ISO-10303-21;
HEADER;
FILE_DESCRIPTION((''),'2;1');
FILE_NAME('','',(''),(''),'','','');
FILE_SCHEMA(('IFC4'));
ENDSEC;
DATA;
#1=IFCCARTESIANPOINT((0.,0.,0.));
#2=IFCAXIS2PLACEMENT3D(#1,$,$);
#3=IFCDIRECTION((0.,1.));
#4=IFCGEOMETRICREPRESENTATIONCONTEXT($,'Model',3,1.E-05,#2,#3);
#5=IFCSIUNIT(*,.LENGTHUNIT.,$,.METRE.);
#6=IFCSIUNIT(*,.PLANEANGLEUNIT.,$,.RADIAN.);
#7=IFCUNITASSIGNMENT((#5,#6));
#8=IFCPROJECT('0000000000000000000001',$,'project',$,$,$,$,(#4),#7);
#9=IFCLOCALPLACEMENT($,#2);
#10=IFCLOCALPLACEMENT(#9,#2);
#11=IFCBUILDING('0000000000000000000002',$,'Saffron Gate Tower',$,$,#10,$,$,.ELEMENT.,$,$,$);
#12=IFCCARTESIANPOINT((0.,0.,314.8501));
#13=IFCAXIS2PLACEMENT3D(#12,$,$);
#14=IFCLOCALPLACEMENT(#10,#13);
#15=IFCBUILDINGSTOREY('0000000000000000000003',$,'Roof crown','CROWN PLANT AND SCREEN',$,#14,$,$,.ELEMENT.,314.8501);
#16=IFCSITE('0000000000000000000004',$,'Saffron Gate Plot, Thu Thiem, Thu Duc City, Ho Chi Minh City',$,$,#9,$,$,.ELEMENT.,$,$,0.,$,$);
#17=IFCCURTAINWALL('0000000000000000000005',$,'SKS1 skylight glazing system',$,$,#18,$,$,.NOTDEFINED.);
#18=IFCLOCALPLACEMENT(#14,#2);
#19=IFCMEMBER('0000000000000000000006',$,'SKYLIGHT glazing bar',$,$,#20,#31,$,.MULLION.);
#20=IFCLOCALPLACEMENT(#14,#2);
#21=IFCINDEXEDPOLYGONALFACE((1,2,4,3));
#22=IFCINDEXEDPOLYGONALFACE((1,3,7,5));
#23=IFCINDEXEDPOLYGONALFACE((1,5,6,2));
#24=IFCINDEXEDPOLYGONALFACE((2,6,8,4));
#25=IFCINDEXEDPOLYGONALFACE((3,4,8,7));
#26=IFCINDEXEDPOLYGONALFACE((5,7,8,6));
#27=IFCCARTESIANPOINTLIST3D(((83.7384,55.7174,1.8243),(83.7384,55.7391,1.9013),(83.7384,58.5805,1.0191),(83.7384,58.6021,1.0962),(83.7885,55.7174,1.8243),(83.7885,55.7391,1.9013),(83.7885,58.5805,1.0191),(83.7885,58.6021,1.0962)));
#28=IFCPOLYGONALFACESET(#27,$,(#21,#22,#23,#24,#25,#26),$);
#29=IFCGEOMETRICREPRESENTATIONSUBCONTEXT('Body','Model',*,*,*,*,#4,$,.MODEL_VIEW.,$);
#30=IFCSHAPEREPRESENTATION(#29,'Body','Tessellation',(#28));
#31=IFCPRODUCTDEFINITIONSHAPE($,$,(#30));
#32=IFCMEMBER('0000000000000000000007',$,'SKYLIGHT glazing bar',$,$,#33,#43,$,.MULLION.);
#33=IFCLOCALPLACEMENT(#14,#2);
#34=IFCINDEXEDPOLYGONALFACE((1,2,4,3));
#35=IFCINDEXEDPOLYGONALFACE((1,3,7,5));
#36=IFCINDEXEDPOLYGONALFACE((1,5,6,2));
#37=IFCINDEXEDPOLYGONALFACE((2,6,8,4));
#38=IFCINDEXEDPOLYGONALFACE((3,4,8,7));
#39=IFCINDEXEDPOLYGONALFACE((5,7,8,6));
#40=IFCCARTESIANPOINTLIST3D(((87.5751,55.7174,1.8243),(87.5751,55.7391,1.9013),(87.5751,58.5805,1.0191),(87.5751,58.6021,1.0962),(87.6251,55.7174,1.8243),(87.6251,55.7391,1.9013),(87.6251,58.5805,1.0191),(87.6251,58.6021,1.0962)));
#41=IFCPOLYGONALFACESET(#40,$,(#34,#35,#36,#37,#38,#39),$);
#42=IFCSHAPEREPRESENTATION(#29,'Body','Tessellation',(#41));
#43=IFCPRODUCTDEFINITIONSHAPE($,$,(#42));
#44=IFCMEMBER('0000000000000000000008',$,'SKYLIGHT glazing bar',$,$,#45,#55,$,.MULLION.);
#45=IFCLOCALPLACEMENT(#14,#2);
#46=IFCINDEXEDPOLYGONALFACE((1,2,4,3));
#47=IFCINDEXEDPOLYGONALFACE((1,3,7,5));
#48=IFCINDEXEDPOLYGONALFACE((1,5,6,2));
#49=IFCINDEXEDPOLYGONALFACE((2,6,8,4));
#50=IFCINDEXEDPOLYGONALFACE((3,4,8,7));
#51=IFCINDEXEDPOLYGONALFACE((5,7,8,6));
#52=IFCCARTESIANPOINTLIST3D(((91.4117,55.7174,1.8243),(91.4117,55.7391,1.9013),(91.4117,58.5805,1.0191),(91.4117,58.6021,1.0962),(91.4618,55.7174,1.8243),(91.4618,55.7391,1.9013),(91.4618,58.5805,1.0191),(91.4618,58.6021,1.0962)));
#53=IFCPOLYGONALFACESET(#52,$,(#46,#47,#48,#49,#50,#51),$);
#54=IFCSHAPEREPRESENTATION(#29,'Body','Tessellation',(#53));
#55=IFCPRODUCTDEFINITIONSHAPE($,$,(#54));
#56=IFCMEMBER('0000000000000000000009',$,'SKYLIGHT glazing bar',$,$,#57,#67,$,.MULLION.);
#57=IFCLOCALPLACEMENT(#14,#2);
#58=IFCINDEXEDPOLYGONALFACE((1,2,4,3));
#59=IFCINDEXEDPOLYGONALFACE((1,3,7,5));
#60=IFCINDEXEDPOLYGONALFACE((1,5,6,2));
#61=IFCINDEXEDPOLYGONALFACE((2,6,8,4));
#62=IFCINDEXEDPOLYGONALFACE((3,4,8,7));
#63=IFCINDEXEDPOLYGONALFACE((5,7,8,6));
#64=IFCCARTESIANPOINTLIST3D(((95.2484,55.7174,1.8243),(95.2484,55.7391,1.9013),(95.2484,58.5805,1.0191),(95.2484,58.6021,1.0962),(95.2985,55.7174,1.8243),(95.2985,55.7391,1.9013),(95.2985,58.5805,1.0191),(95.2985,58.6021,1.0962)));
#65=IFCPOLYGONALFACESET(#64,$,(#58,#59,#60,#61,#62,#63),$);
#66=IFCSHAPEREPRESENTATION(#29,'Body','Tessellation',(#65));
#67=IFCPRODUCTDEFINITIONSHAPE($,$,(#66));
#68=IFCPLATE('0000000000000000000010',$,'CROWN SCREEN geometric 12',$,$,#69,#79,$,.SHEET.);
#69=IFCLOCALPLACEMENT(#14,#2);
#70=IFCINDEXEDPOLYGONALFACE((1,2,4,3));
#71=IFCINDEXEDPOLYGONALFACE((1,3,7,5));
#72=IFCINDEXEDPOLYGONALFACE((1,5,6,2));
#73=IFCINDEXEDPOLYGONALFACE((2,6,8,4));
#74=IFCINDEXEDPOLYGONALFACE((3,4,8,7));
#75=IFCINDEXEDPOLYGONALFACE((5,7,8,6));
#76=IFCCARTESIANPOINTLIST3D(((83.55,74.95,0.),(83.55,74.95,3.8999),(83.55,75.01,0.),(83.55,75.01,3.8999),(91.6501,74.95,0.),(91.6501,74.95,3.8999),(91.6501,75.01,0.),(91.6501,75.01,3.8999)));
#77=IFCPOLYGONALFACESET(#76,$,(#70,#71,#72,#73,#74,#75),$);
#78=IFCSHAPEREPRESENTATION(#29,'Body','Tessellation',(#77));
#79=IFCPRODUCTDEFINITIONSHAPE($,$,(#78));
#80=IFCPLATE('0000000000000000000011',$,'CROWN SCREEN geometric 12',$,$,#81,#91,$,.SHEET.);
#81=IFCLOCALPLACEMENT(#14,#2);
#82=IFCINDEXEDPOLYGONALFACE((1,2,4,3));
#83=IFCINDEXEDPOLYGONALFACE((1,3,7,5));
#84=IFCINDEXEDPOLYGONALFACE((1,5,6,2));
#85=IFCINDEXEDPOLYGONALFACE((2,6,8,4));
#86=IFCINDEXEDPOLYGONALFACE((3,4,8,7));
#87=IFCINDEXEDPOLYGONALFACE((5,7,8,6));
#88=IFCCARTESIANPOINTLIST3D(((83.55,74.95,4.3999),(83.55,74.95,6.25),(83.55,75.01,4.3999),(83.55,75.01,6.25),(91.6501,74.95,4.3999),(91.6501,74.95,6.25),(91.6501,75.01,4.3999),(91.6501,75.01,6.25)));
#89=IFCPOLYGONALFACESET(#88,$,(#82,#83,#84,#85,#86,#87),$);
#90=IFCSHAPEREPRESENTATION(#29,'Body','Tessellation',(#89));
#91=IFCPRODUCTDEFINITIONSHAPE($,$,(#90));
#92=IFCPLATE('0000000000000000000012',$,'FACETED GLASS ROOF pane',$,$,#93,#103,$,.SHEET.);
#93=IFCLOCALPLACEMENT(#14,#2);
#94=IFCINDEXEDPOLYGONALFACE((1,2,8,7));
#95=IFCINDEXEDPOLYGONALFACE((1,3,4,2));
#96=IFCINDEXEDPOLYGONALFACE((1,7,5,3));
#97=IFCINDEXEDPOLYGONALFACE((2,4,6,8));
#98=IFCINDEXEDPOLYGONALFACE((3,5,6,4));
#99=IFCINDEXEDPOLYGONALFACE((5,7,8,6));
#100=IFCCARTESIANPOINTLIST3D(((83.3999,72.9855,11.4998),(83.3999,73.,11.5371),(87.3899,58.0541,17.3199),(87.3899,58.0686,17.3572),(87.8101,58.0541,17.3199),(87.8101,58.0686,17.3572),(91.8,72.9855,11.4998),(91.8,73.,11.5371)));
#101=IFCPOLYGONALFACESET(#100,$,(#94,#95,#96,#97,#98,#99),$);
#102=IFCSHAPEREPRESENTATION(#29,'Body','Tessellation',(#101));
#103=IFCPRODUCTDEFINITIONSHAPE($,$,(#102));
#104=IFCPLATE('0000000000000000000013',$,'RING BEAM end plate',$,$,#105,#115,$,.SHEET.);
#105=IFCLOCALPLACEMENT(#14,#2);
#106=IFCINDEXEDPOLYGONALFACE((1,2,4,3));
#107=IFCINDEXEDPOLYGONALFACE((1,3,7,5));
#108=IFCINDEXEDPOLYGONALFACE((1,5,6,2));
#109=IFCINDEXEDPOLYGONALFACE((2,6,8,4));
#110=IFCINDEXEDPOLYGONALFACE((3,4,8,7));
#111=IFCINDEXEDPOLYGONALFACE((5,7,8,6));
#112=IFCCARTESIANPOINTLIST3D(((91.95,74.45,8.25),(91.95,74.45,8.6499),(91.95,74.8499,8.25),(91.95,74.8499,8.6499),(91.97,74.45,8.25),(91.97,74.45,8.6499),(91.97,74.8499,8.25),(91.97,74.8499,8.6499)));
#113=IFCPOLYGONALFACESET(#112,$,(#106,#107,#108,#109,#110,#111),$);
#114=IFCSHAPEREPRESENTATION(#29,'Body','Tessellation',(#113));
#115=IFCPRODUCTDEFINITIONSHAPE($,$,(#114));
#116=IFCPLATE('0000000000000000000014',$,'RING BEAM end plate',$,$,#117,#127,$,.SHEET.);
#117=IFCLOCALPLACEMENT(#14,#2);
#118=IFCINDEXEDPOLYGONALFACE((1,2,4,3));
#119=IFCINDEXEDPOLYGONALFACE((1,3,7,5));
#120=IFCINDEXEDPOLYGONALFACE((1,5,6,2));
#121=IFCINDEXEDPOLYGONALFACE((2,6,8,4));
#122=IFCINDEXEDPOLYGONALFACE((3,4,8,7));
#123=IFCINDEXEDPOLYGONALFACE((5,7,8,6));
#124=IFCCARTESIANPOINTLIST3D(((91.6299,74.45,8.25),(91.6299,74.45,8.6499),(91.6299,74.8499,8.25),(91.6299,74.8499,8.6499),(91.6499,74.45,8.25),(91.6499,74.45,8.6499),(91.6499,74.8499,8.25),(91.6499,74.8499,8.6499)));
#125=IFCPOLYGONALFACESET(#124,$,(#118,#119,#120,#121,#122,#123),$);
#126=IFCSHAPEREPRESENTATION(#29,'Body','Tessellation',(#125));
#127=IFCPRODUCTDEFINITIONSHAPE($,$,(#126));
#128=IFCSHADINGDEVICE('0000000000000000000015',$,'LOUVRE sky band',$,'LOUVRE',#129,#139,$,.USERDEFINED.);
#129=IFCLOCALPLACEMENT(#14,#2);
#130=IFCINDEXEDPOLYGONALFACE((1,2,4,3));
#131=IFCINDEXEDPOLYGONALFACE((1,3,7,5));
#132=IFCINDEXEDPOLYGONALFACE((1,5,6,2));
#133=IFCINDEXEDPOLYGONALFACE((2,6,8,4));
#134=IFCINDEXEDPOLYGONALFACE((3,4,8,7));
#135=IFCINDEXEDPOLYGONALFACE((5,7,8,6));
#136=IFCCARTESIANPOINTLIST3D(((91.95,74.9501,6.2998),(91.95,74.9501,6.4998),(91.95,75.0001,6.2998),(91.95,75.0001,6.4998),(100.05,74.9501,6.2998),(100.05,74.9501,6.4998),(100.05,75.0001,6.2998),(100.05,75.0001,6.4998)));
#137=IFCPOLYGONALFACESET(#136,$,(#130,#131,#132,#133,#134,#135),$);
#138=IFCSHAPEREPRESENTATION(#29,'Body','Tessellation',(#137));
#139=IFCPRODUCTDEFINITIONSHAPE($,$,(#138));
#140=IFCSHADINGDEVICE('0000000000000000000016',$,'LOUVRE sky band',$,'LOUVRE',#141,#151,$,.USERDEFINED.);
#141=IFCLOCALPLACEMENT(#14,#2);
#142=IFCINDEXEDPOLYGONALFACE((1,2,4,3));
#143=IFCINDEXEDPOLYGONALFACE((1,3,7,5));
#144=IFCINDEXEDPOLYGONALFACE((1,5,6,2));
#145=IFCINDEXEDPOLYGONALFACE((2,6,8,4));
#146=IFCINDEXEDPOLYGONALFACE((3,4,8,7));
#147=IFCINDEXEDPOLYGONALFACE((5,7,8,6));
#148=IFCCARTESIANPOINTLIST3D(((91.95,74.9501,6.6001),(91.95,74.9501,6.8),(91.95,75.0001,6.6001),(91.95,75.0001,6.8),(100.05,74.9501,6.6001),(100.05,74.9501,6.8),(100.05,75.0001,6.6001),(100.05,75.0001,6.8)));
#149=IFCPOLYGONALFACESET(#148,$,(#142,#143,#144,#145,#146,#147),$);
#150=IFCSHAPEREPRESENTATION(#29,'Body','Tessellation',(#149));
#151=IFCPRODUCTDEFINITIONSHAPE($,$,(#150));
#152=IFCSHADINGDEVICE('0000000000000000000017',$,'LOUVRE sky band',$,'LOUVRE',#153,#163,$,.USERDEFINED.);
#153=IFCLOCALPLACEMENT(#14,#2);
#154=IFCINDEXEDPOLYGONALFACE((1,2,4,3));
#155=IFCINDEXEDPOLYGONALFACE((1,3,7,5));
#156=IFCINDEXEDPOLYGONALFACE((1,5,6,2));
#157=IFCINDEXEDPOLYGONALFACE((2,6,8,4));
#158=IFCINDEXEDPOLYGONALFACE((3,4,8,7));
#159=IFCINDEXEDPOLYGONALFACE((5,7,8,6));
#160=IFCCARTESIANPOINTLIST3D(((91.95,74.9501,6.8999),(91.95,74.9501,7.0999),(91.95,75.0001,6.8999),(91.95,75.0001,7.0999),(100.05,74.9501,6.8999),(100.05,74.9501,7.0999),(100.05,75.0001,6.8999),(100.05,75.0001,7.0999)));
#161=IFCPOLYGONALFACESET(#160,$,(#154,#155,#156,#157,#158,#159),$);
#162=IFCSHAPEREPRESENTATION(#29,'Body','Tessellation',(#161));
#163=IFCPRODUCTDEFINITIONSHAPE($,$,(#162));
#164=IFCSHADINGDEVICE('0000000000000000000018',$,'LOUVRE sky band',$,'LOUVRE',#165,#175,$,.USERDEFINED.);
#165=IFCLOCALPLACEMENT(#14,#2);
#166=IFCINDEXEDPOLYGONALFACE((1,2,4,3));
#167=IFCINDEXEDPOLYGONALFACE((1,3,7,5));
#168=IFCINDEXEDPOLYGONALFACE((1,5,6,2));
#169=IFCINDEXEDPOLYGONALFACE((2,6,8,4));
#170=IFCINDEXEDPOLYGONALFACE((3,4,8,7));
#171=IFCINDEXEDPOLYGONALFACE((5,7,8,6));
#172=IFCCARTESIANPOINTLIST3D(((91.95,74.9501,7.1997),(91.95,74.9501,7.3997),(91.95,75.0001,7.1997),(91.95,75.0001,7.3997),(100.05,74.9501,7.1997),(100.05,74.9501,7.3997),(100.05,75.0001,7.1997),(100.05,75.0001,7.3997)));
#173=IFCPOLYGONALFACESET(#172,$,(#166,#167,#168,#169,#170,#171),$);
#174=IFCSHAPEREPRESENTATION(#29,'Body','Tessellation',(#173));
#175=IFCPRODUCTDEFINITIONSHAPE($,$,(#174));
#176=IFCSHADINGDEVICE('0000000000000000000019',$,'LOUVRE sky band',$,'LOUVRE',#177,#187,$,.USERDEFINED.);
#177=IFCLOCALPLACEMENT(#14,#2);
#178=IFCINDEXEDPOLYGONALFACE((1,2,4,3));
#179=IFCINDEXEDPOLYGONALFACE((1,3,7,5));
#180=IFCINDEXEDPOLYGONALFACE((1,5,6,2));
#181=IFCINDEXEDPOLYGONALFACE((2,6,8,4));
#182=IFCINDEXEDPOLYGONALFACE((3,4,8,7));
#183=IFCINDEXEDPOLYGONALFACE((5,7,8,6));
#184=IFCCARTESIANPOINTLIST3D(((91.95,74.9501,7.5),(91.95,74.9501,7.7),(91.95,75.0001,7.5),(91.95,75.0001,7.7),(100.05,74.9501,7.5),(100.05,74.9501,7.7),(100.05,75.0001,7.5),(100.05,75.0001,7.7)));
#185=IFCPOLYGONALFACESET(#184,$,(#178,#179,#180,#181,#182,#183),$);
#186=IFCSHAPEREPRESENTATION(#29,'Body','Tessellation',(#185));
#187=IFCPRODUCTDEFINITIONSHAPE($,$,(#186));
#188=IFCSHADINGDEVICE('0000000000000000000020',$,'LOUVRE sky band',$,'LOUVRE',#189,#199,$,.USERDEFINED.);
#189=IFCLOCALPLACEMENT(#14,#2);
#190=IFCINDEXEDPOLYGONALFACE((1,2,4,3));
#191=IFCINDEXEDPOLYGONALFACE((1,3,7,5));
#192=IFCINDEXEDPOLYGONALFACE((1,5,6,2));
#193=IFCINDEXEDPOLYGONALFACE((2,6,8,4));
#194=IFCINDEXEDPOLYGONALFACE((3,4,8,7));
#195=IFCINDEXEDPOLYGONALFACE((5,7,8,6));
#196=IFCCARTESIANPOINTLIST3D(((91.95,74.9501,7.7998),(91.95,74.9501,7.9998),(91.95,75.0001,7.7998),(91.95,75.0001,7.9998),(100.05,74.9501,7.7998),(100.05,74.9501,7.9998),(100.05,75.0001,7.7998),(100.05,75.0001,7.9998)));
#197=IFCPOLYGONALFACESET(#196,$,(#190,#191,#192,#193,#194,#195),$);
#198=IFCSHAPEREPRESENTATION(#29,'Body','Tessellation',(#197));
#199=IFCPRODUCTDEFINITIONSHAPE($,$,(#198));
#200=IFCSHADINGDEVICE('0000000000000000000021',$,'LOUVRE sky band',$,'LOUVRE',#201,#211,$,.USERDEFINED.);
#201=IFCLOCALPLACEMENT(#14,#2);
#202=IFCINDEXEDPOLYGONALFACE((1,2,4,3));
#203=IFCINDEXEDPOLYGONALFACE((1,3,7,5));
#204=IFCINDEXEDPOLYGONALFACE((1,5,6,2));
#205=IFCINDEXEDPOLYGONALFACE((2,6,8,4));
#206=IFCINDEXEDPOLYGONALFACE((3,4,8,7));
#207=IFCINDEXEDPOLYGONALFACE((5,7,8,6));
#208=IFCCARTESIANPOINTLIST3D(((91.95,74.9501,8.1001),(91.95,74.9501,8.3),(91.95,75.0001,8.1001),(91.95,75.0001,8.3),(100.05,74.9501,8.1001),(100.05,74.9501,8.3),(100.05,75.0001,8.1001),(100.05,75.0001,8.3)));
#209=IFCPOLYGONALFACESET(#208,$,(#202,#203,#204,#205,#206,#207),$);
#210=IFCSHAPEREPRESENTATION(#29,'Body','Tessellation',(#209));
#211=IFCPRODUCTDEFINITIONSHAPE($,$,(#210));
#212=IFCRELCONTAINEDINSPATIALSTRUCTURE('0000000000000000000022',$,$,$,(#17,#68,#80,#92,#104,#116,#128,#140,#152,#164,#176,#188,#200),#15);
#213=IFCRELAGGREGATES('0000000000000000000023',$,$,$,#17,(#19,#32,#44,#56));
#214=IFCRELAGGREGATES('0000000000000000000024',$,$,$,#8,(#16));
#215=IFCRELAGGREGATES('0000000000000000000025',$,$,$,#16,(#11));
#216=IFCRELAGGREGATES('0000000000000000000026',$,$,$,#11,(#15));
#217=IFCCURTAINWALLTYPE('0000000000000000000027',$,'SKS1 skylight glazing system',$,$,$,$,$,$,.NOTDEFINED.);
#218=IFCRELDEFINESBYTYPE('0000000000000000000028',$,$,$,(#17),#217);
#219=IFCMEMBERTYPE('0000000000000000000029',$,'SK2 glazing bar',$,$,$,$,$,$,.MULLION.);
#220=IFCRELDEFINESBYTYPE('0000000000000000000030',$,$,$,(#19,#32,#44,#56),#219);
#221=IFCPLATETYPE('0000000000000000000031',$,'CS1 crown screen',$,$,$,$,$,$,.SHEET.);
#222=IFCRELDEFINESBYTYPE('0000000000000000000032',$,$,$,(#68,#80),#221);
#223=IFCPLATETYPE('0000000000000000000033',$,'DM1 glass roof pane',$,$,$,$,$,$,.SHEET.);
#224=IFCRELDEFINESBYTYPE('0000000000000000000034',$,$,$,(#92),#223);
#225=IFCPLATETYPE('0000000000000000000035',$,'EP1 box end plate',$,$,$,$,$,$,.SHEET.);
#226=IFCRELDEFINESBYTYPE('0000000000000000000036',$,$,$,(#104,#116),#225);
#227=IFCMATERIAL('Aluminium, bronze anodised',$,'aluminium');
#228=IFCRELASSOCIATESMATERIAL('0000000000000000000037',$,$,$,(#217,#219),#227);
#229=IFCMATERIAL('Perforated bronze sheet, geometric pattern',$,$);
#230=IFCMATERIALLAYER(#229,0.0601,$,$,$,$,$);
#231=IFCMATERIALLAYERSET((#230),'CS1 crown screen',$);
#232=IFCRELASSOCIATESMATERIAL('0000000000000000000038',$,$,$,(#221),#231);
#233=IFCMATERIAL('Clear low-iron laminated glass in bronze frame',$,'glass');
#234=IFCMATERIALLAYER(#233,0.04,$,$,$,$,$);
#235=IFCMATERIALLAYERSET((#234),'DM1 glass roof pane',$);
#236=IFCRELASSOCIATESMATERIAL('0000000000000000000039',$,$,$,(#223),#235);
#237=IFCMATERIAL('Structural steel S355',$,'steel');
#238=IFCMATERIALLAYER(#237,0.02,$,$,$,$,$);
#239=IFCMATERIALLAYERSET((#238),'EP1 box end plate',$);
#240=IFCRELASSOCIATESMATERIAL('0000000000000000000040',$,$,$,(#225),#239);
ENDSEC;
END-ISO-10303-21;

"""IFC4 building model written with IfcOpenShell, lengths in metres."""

from ifc_helpers import new_model, si_unit, direction, frame, origin, origin_2d, place, context, subcontext, project, spatial, polyline, rectangle, outline, extrude, material, layer, layer_set, material_profile, profile_set, type_object, element, aggregate, save


model = new_model("IFC4")

# Units and contexts
model_context = context("Model", 3, precision=1e-05, world=origin(), true_north=direction((0.0, 1.0)))
body_context = subcontext(model_context, "Body", "Model", "MODEL_VIEW")
ifc_project = project(units=[si_unit("LENGTHUNIT", "METRE"), si_unit("PLANEANGLEUNIT", "RADIAN")], contexts=[model_context])

# Site, building, storey
site_placement = place(None, origin())
site = spatial("IfcSite", under=ifc_project, at=site_placement, Name="Saffron Gate Plot, Thu Thiem, Thu Duc City, Ho Chi Minh City", CompositionType="ELEMENT", RefElevation=0.0)
building_placement = place(site_placement, origin())
building = spatial("IfcBuilding", under=site, at=building_placement, Name="Saffron Gate Tower", CompositionType="ELEMENT")
storey_placement = place(building_placement, frame((0.0, 0.0, 314.8501)))
storey = spatial("IfcBuildingStorey", under=building, at=storey_placement, Name="Roof crown", Description="CROWN PLANT AND SCREEN", CompositionType="ELEMENT", Elevation=314.8501)

# Shared definitions
ifc_material_1 = material(Name="Structural steel S355", Category="steel")

# Shared definitions
ifc_material_2 = material(Name="Aluminium, bronze anodised", Category="aluminium")

# Curtain wall, members
curtain_wall_type_1 = type_object("IfcCurtainWallType", Name="SKS1 skylight glazing system", PredefinedType="NOTDEFINED", material=ifc_material_2)
curtain_wall_1_placement = place(storey_placement, origin())
curtain_wall_1 = element("IfcCurtainWall", 1, at=curtain_wall_1_placement, inside=storey, type_object=curtain_wall_type_1, Name="SKS1 skylight glazing system", PredefinedType="NOTDEFINED")
ifc_material_profile_1 = material_profile(ifc_material_2, rectangle(XDim=0.05, YDim=0.0801, at=origin_2d()))
ifc_profile_set_1 = profile_set([ifc_material_profile_1], Name="Aluminium, bronze anodised")
member_type_1 = type_object("IfcMemberType", Name="SK2 glazing bar", PredefinedType="MULLION", material=ifc_profile_set_1)
member_1_placement = place(storey_placement, frame((83.7634, 58.5913, 1.0576), z_axis=(0.0, -0.962656, 0.270729), x_axis=(1.0, 0.0, 0.0)))
member_1 = element("IfcMember", 2, at=member_1_placement, type_object=member_type_1, Name="SKYLIGHT glazing bar", PredefinedType="MULLION", context=body_context, shape_type="SweptSolid", body=[
    extrude(rectangle(XDim=0.05, YDim=0.0801, at=origin_2d()), origin(), (0.0, 0.0, 1.0), 2.9741),
])
member_2_placement = place(storey_placement, frame((87.6001, 58.5913, 1.0576), z_axis=(0.0, -0.962656, 0.270729), x_axis=(1.0, 0.0, 0.0)))
member_2 = element("IfcMember", 3, at=member_2_placement, type_object=member_type_1, Name="SKYLIGHT glazing bar", PredefinedType="MULLION", context=body_context, shape_type="SweptSolid", body=[
    extrude(rectangle(XDim=0.05, YDim=0.0801, at=origin_2d()), origin(), (0.0, 0.0, 1.0), 2.9741),
])
member_3_placement = place(storey_placement, frame((91.4368, 58.5913, 1.0576), z_axis=(0.0, -0.962656, 0.270729), x_axis=(1.0, 0.0, 0.0)))
member_3 = element("IfcMember", 4, at=member_3_placement, type_object=member_type_1, Name="SKYLIGHT glazing bar", PredefinedType="MULLION", context=body_context, shape_type="SweptSolid", body=[
    extrude(rectangle(XDim=0.05, YDim=0.0801, at=origin_2d()), origin(), (0.0, 0.0, 1.0), 2.9741),
])
member_4_placement = place(storey_placement, frame((95.2734, 58.5913, 1.0576), z_axis=(0.0, -0.962656, 0.270729), x_axis=(1.0, 0.0, 0.0)))
member_4 = element("IfcMember", 5, at=member_4_placement, type_object=member_type_1, Name="SKYLIGHT glazing bar", PredefinedType="MULLION", context=body_context, shape_type="SweptSolid", body=[
    extrude(rectangle(XDim=0.05, YDim=0.0801, at=origin_2d()), origin(), (0.0, 0.0, 1.0), 2.9741),
])
aggregate(curtain_wall_1, [member_1, member_2, member_3, member_4])

# Plates
ifc_material_3 = material(Name="Perforated bronze sheet, geometric pattern")
ifc_layer_1 = layer(ifc_material_3, 0.0601)
ifc_layer_set_1 = layer_set([ifc_layer_1], Name="CS1 crown screen")
plate_type_1 = type_object("IfcPlateType", Name="CS1 crown screen", PredefinedType="SHEET", material=ifc_layer_set_1)
plate_1_placement = place(storey_placement, frame((87.6001, 74.98, 0.0), z_axis=(0.0, 0.0, 1.0), x_axis=(-1.0, 0.0, 0.0)))
element("IfcPlate", 6, at=plate_1_placement, inside=storey, type_object=plate_type_1, Name="CROWN SCREEN geometric 12", PredefinedType="SHEET", context=body_context, shape_type="SweptSolid", body=[
    extrude(rectangle(XDim=8.1001, YDim=0.0601, at=origin_2d()), origin(), (0.0, 0.0, 1.0), 3.8999),
])
plate_2_placement = place(storey_placement, frame((87.6001, 74.98, 4.3999), z_axis=(0.0, 0.0, 1.0), x_axis=(-1.0, 0.0, 0.0)))
element("IfcPlate", 7, at=plate_2_placement, inside=storey, type_object=plate_type_1, Name="CROWN SCREEN geometric 12", PredefinedType="SHEET", context=body_context, shape_type="SweptSolid", body=[
    extrude(rectangle(XDim=8.1001, YDim=0.0601, at=origin_2d()), origin(), (0.0, 0.0, 1.0), 1.8501),
])
ifc_material_4 = material(Name="Clear low-iron laminated glass in bronze frame", Category="glass")
ifc_layer_2 = layer(ifc_material_4, 0.04)
ifc_layer_set_2 = layer_set([ifc_layer_2], Name="DM1 glass roof pane")
plate_type_2 = type_object("IfcPlateType", Name="DM1 glass roof pane", PredefinedType="SHEET", material=ifc_layer_set_2)
plate_3_placement = place(storey_placement, frame((91.8, 73.0, 11.5371), z_axis=(0.0, 0.363173, 0.931722), x_axis=(-1.0, 0.0, 0.0)))
element("IfcPlate", 8, at=plate_3_placement, inside=storey, type_object=plate_type_2, Name="FACETED GLASS ROOF pane", PredefinedType="SHEET", context=body_context, shape_type="SweptSolid", body=[
    extrude(outline(polyline([(0.0, 0.0), (8.4001, 0.0), (4.4102, 16.0256), (3.99, 16.0256), (0.0, 0.0)])), origin(), (0.0, 0.0, -1.0), 0.04),
])
ifc_layer_3 = layer(ifc_material_1, 0.02)
ifc_layer_set_3 = layer_set([ifc_layer_3], Name="EP1 box end plate")
plate_type_3 = type_object("IfcPlateType", Name="EP1 box end plate", PredefinedType="SHEET", material=ifc_layer_set_3)
for number, where, z_axis, x_axis, name in (
    (9, (91.96, 74.6499, 8.25), (0.0, 0.0, 1.0), (-1.0, 0.0, 0.0), "RING BEAM end plate"),
    (10, (91.6399, 74.6499, 8.25), (0.0, 0.0, 1.0), (-1.0, 0.0, 0.0), "RING BEAM end plate"),
):
    element("IfcPlate", number, at=place(storey_placement, frame(where, z_axis=z_axis, x_axis=x_axis)), inside=storey, type_object=plate_type_3, Name=name, PredefinedType="SHEET", context=body_context, shape_type="SweptSolid", body=[
        extrude(rectangle(XDim=0.02, YDim=0.3999, at=origin_2d()), origin(), (0.0, 0.0, 1.0), 0.3999),
    ])

# Shading devices
for number, where, z_axis, x_axis, name in (
    (11, (96.0, 74.9751, 6.2998), (0.0, 0.0, 1.0), (-1.0, 0.0, 0.0), "LOUVRE sky band"),
    (12, (96.0, 74.9751, 6.6001), (0.0, 0.0, 1.0), (-1.0, 0.0, 0.0), "LOUVRE sky band"),
    (13, (96.0, 74.9751, 6.8999), (0.0, 0.0, 1.0), (-1.0, 0.0, 0.0), "LOUVRE sky band"),
    (14, (96.0, 74.9751, 7.1997), (0.0, 0.0, 1.0), (-1.0, 0.0, 0.0), "LOUVRE sky band"),
    (15, (96.0, 74.9751, 7.5), (0.0, 0.0, 1.0), (-1.0, 0.0, 0.0), "LOUVRE sky band"),
    (16, (96.0, 74.9751, 7.7998), (0.0, 0.0, 1.0), (-1.0, 0.0, 0.0), "LOUVRE sky band"),
    (17, (96.0, 74.9751, 8.1001), (0.0, 0.0, 1.0), (-1.0, 0.0, 0.0), "LOUVRE sky band"),
):
    element("IfcShadingDevice", number, at=place(storey_placement, frame(where, z_axis=z_axis, x_axis=x_axis)), inside=storey, Name=name, ObjectType="LOUVRE", PredefinedType="USERDEFINED", context=body_context, shape_type="SweptSolid", body=[
        extrude(rectangle(XDim=8.1001, YDim=0.05, at=origin_2d()), origin(), (0.0, 0.0, 1.0), 0.2),
    ])

save(model, "model.ifc")
